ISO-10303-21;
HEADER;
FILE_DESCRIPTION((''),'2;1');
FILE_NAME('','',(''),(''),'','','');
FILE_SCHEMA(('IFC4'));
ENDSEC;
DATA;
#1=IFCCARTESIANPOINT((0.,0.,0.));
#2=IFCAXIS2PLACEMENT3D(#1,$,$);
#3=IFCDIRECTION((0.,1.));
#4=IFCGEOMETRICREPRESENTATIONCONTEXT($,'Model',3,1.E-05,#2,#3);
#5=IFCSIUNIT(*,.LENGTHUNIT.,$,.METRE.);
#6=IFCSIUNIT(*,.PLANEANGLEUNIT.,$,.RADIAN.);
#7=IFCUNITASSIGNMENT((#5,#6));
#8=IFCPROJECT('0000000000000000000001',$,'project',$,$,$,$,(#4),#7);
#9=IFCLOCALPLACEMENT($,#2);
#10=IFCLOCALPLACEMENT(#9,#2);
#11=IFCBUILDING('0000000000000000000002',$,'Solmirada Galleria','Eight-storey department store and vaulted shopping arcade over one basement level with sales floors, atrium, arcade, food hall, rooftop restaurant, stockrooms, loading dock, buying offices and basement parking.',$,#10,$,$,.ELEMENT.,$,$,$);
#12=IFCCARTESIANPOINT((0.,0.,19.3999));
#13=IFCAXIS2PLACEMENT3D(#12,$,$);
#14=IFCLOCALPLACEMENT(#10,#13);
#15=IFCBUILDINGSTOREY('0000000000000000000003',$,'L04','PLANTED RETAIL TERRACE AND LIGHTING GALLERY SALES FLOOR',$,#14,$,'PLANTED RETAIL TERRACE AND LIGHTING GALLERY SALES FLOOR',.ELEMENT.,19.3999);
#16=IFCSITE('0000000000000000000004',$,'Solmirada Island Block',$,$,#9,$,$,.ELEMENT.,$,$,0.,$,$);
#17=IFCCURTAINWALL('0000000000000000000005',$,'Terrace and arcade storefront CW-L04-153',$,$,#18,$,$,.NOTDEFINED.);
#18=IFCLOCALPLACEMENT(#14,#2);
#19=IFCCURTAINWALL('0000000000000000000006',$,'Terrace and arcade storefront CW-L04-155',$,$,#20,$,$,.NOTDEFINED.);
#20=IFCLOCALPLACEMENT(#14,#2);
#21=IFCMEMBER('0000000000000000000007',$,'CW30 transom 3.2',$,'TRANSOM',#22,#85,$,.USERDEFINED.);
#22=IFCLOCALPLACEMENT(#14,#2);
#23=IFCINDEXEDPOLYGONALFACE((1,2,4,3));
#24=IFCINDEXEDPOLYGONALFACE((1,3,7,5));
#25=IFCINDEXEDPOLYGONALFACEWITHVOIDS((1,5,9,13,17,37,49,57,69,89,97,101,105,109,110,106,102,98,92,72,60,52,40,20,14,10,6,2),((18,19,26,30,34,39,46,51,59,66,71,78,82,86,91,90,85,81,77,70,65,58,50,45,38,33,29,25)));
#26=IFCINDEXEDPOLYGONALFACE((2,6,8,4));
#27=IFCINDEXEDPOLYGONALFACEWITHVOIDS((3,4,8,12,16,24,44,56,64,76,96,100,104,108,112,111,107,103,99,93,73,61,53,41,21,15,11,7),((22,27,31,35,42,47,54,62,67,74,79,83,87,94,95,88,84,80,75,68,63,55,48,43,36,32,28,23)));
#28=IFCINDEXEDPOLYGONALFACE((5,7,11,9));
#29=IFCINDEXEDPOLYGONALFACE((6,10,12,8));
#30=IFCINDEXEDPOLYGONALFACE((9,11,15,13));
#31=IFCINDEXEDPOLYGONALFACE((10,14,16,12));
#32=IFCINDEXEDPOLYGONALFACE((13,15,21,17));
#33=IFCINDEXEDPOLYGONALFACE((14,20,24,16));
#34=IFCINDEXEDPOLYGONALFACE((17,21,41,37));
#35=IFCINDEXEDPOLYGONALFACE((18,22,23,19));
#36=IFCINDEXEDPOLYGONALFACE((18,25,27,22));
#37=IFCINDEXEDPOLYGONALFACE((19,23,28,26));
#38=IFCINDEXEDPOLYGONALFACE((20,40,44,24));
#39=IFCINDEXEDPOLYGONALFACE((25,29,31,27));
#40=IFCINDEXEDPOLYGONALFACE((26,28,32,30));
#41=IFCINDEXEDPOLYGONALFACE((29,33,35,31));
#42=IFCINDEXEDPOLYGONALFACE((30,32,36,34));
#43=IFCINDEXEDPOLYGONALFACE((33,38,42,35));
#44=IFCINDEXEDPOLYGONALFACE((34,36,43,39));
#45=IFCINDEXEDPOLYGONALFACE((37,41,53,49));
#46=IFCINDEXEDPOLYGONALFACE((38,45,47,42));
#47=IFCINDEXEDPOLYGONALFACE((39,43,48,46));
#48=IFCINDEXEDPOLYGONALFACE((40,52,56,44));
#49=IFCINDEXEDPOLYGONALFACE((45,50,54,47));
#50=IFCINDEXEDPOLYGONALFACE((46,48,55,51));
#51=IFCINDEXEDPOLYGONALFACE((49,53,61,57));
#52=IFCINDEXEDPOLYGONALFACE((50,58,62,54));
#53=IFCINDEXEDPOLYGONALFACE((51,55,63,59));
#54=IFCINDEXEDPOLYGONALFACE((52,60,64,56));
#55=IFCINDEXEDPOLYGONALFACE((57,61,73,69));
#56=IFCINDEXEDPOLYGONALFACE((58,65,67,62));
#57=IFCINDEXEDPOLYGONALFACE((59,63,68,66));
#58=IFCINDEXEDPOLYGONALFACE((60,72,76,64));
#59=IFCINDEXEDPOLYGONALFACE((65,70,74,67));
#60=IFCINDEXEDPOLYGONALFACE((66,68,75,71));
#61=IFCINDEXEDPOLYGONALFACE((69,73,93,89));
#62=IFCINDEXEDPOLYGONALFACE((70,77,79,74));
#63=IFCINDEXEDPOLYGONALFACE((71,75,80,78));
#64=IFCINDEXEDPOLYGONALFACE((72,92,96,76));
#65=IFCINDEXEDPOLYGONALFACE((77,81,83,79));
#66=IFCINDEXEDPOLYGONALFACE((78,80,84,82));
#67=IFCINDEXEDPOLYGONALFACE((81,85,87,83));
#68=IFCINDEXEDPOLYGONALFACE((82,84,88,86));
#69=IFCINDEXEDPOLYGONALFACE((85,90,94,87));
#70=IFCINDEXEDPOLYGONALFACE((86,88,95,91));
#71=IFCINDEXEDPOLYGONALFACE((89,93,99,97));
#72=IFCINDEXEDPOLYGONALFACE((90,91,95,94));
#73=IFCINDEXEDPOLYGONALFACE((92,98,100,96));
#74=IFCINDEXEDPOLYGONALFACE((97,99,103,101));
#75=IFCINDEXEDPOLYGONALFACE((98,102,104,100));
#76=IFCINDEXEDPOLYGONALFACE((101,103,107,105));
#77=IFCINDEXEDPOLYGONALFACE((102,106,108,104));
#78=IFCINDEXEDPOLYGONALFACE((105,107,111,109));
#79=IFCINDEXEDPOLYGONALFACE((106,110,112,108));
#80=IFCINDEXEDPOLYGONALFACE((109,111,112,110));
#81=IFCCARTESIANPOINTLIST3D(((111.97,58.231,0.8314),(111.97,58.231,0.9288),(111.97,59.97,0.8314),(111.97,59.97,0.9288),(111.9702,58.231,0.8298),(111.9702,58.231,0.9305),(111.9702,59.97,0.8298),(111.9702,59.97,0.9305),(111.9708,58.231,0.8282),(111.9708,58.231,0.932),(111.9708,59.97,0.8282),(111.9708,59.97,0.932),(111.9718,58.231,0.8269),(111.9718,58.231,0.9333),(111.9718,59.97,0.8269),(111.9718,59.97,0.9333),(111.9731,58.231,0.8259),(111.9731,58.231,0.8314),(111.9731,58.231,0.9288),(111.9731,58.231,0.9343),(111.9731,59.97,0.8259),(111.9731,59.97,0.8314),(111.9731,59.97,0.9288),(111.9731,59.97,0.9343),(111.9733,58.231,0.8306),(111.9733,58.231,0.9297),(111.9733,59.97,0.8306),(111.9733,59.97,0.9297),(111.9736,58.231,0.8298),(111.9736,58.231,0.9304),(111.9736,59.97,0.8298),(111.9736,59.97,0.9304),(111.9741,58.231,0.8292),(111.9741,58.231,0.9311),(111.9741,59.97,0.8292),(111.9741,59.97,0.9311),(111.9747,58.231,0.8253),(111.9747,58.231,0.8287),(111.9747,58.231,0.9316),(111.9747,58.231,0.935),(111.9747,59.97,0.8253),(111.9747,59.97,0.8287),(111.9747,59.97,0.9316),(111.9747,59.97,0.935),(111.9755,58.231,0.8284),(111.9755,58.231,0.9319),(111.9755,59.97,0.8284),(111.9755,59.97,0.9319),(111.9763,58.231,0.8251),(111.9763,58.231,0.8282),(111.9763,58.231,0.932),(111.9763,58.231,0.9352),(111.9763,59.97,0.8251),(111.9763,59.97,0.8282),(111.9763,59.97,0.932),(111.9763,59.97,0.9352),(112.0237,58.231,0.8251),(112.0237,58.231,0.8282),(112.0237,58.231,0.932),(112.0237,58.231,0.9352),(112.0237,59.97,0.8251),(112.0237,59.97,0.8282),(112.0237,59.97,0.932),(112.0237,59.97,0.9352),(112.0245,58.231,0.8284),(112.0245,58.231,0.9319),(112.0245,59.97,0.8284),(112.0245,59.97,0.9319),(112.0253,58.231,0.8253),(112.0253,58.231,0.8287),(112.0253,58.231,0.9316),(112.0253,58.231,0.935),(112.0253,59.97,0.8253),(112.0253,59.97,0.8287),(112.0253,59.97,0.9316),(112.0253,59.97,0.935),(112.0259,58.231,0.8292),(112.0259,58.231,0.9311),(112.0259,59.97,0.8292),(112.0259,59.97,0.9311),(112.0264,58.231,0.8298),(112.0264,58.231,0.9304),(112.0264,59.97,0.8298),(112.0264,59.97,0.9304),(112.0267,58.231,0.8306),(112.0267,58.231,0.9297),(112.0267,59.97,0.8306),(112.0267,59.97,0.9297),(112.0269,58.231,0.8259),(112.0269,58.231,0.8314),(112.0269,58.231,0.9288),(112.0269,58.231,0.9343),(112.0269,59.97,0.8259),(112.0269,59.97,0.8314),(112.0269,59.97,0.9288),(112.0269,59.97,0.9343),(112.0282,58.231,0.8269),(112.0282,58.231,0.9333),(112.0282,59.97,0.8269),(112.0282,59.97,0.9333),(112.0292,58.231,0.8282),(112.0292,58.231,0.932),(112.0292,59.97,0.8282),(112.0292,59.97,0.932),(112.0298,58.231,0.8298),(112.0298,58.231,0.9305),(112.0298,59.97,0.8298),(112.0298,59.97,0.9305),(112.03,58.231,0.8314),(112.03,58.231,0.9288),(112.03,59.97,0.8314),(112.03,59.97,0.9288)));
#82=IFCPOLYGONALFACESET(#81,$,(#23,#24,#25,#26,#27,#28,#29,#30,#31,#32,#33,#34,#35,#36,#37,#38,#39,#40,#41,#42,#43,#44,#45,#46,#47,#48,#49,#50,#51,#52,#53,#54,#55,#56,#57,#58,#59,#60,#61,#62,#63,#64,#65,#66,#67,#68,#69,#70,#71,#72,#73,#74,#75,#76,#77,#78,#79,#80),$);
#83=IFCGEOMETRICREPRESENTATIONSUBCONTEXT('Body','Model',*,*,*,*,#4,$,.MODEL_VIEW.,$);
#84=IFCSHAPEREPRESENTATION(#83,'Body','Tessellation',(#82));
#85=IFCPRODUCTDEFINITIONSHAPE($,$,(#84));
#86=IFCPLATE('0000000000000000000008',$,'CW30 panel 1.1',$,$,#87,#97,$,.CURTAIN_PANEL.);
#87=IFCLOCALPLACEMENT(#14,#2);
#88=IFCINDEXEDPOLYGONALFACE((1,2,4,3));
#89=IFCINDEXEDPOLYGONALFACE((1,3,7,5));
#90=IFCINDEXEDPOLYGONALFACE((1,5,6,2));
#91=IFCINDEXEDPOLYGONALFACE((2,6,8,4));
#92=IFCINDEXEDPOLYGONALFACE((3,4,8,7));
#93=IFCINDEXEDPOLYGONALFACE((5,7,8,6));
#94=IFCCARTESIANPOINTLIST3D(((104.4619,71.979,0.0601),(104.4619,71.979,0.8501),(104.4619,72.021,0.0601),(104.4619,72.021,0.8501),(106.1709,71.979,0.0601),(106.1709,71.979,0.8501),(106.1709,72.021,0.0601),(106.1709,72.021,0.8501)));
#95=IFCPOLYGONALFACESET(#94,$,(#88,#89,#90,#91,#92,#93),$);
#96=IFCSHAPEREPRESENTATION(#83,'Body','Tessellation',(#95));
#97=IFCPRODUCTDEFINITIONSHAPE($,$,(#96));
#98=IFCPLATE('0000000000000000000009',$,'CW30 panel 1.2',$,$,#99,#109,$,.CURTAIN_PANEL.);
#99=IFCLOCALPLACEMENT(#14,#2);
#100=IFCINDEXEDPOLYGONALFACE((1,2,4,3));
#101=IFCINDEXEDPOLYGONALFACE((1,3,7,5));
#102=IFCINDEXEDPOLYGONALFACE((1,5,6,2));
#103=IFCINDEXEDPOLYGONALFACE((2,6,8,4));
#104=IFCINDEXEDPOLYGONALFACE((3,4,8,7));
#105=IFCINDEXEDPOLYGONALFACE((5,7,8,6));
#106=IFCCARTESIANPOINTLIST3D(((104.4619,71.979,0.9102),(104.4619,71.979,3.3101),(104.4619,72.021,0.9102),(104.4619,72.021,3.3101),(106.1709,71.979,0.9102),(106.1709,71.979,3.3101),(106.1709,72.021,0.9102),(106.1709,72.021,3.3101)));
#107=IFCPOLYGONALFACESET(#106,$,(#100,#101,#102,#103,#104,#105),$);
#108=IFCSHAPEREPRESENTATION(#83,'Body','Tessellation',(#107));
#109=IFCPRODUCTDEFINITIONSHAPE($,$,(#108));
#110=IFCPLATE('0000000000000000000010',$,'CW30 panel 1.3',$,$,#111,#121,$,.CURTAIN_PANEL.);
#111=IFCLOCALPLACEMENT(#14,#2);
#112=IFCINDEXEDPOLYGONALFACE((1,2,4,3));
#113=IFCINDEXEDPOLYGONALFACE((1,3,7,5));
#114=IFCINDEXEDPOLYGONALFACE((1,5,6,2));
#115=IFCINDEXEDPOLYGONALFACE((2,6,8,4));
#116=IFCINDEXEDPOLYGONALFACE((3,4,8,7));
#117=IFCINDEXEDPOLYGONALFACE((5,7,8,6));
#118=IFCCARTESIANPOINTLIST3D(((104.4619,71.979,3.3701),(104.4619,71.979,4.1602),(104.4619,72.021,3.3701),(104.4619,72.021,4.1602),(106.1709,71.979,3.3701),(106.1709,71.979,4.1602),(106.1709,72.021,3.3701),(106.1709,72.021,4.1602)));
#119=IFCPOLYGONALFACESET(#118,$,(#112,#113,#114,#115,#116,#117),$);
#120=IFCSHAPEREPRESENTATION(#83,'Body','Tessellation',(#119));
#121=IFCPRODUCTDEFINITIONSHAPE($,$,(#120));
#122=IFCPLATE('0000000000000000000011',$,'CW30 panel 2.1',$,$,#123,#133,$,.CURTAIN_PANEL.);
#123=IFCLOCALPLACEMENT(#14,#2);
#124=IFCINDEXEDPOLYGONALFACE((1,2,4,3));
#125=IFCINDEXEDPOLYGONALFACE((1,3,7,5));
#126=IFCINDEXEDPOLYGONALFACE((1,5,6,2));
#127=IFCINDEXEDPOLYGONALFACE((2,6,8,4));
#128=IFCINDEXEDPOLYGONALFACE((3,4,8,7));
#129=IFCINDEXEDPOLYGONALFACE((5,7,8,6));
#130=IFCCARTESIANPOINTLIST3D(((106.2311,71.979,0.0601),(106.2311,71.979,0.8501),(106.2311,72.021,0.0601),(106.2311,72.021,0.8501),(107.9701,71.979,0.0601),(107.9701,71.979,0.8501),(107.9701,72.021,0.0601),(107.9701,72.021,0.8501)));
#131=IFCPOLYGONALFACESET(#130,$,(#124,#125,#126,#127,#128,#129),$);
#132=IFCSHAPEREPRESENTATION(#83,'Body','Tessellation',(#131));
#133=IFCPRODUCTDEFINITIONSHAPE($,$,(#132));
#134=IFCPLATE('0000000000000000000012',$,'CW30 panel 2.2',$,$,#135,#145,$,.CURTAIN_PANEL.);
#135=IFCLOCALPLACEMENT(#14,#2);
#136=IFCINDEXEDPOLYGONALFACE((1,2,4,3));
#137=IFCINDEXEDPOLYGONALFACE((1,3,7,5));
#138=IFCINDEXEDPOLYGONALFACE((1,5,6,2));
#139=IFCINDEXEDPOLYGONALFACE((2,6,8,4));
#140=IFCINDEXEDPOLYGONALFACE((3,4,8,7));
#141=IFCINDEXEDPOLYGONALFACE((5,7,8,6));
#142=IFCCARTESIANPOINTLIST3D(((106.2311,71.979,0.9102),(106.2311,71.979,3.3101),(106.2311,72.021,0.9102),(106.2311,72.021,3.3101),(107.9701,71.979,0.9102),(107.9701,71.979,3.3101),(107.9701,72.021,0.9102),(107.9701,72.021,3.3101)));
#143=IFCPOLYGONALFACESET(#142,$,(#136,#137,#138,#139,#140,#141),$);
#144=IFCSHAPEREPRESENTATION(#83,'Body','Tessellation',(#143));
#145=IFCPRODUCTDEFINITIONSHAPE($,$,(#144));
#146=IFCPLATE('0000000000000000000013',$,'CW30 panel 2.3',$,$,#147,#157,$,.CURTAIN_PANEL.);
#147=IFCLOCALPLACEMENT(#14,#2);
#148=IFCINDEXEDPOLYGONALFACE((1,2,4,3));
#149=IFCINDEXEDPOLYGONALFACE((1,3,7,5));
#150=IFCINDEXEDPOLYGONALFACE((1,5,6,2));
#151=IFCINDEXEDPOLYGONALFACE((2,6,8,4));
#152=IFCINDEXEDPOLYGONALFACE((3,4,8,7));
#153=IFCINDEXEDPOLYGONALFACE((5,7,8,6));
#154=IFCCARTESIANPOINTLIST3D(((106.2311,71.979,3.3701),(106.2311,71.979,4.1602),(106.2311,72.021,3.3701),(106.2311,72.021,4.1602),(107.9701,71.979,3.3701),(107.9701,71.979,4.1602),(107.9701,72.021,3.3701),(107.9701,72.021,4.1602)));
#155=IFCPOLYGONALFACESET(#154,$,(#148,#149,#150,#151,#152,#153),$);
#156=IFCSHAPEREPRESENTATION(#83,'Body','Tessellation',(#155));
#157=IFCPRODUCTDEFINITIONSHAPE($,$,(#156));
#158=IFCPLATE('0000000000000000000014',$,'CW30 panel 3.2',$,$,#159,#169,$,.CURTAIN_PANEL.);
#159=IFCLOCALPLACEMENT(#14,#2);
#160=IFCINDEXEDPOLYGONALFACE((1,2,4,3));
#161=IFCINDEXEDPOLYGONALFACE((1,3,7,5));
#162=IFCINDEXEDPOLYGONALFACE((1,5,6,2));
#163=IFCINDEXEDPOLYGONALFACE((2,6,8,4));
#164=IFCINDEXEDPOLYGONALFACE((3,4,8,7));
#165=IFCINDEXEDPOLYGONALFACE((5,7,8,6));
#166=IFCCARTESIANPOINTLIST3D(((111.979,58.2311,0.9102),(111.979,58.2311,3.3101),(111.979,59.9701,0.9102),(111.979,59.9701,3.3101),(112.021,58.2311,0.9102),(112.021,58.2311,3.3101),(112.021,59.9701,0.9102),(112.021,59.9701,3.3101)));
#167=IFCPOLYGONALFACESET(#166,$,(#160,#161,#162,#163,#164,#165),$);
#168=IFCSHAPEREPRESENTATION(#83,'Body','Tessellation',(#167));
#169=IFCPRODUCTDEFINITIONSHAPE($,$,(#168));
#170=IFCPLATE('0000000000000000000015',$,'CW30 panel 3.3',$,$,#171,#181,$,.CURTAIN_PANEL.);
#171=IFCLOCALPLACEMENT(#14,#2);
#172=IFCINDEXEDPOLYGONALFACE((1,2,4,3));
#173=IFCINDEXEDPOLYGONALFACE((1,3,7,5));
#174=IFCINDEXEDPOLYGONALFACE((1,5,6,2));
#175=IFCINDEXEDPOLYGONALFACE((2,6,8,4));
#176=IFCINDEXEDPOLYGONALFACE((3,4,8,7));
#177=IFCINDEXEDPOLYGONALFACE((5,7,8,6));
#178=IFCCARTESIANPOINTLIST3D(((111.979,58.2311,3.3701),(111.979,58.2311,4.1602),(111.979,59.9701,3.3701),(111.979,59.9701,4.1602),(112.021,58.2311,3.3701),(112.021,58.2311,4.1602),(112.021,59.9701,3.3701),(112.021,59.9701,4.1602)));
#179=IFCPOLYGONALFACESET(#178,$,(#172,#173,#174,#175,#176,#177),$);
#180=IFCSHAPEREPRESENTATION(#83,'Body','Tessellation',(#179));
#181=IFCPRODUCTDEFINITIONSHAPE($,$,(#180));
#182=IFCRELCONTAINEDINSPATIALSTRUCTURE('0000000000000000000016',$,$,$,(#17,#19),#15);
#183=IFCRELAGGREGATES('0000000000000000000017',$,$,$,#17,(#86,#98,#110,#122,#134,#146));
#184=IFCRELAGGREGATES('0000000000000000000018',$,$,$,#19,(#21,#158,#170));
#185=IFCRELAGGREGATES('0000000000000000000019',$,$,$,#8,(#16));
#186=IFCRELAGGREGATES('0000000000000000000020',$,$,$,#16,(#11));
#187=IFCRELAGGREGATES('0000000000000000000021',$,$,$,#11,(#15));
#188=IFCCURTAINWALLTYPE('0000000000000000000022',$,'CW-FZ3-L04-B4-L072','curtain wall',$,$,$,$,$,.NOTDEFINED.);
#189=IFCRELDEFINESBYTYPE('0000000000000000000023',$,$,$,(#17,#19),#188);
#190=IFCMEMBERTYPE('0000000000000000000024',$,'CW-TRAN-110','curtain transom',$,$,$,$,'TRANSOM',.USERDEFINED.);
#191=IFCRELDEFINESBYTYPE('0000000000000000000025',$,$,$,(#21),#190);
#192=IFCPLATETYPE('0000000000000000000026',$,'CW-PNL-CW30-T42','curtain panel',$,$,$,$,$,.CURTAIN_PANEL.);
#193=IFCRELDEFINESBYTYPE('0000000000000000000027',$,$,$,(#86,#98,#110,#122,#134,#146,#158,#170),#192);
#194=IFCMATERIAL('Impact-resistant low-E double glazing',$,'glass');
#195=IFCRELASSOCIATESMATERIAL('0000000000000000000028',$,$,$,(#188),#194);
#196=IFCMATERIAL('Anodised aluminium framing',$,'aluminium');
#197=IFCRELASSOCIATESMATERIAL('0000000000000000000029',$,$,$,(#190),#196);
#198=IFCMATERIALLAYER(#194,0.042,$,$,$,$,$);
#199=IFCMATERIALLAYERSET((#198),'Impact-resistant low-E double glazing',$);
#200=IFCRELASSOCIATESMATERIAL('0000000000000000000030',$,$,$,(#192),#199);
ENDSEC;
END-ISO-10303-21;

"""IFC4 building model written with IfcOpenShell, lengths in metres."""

from ifc_helpers import new_model, si_unit, direction, frame, origin, origin_2d, place, context, subcontext, project, spatial, rectangle, hollow_rectangle, extrude, material, layer, layer_set, material_profile, profile_set, type_object, element, aggregate, save


model = new_model("IFC4")

# Units and contexts
model_context = context("Model", 3, precision=1e-05, world=origin(), true_north=direction((0.0, 1.0)))
body_context = subcontext(model_context, "Body", "Model", "MODEL_VIEW")
ifc_project = project(units=[si_unit("LENGTHUNIT", "METRE"), si_unit("PLANEANGLEUNIT", "RADIAN")], contexts=[model_context])

# Site, building, storey
site_placement = place(None, origin())
site = spatial("IfcSite", under=ifc_project, at=site_placement, Name="Solmirada Island Block", CompositionType="ELEMENT", RefElevation=0.0)
building_placement = place(site_placement, origin())
building = spatial("IfcBuilding", under=site, at=building_placement, Name="Solmirada Galleria", Description="Eight-storey department store and vaulted shopping arcade over one basement level with sales floors, atrium, arcade, food hall, rooftop restaurant, stockrooms, loading dock, buying offices and basement parking.", CompositionType="ELEMENT")
storey_placement = place(building_placement, frame((0.0, 0.0, 19.3999)))
storey = spatial("IfcBuildingStorey", under=building, at=storey_placement, Name="L04", Description="PLANTED RETAIL TERRACE AND LIGHTING GALLERY SALES FLOOR", LongName="PLANTED RETAIL TERRACE AND LIGHTING GALLERY SALES FLOOR", CompositionType="ELEMENT", Elevation=19.3999)

# Curtain walls, member
ifc_material_1 = material(Name="Impact-resistant low-E double glazing", Category="glass")
curtain_wall_type = type_object("IfcCurtainWallType", Name="CW-FZ3-L04-B4-L072", Description="curtain wall", PredefinedType="NOTDEFINED", material=ifc_material_1)
curtain_wall_1_placement = place(storey_placement, origin())
curtain_wall_1 = element("IfcCurtainWall", 1, at=curtain_wall_1_placement, inside=storey, type_object=curtain_wall_type, Name="Terrace and arcade storefront CW-L04-153", PredefinedType="NOTDEFINED")
ifc_material_2 = material(Name="Anodised aluminium framing", Category="aluminium")
ifc_material_profile_1 = material_profile(ifc_material_2, hollow_rectangle(XDim=0.0601, YDim=0.1101, WallThickness=0.0032, InnerFilletRadius=0.0032, OuterFilletRadius=0.0063, at=origin_2d()), Name="ALU-TRAN-110X60")
ifc_profile_set_1 = profile_set([ifc_material_profile_1], Name="Anodised aluminium framing")
member_type_1 = type_object("IfcMemberType", Name="CW-TRAN-110", Description="curtain transom", ElementType="TRANSOM", PredefinedType="USERDEFINED", material=ifc_profile_set_1)
curtain_wall_2_placement = place(storey_placement, origin())
curtain_wall_2 = element("IfcCurtainWall", 2, at=curtain_wall_2_placement, inside=storey, type_object=curtain_wall_type, Name="Terrace and arcade storefront CW-L04-155", PredefinedType="NOTDEFINED")
member_1_placement = place(storey_placement, frame((112.0, 59.97, 0.8801), z_axis=(0.0, -1.0, 0.0), x_axis=(1.0, 0.0, 0.0)))
member_1 = element("IfcMember", 3, at=member_1_placement, type_object=member_type_1, Name="CW30 transom 3.2", ObjectType="TRANSOM", PredefinedType="USERDEFINED", context=body_context, shape_type="SweptSolid", body=[
    extrude(hollow_rectangle(XDim=0.0601, YDim=0.1101, WallThickness=0.0032, InnerFilletRadius=0.0032, OuterFilletRadius=0.0063, at=origin_2d()), origin(), (0.0, 0.0, 1.0), 1.739),
])

# Plates
ifc_layer = layer(ifc_material_1, 0.042)
ifc_layer_set = layer_set([ifc_layer], Name="Impact-resistant low-E double glazing")
plate_type = type_object("IfcPlateType", Name="CW-PNL-CW30-T42", Description="curtain panel", PredefinedType="CURTAIN_PANEL", material=ifc_layer_set)
plate_1_placement = place(storey_placement, frame((105.3164, 72.0, 0.0601), z_axis=(0.0, 0.0, 1.0), x_axis=(1.0, 0.0, 0.0)))
plate_1 = element("IfcPlate", 4, at=plate_1_placement, type_object=plate_type, Name="CW30 panel 1.1", PredefinedType="CURTAIN_PANEL", context=body_context, shape_type="SweptSolid", body=[
    extrude(rectangle(XDim=1.709, YDim=0.042, at=origin_2d()), origin(), (0.0, 0.0, 1.0), 0.79),
])
plate_2_placement = place(storey_placement, frame((105.3164, 72.0, 0.9102), z_axis=(0.0, 0.0, 1.0), x_axis=(1.0, 0.0, 0.0)))
plate_2 = element("IfcPlate", 5, at=plate_2_placement, type_object=plate_type, Name="CW30 panel 1.2", PredefinedType="CURTAIN_PANEL", context=body_context, shape_type="SweptSolid", body=[
    extrude(rectangle(XDim=1.709, YDim=0.042, at=origin_2d()), origin(), (0.0, 0.0, 1.0), 2.3999),
])
plate_3_placement = place(storey_placement, frame((105.3164, 72.0, 3.3701), z_axis=(0.0, 0.0, 1.0), x_axis=(1.0, 0.0, 0.0)))
plate_3 = element("IfcPlate", 6, at=plate_3_placement, type_object=plate_type, Name="CW30 panel 1.3", PredefinedType="CURTAIN_PANEL", context=body_context, shape_type="SweptSolid", body=[
    extrude(rectangle(XDim=1.709, YDim=0.042, at=origin_2d()), origin(), (0.0, 0.0, 1.0), 0.79),
])
plate_4_placement = place(storey_placement, frame((107.1006, 72.0, 0.0601), z_axis=(0.0, 0.0, 1.0), x_axis=(1.0, 0.0, 0.0)))
plate_4 = element("IfcPlate", 7, at=plate_4_placement, type_object=plate_type, Name="CW30 panel 2.1", PredefinedType="CURTAIN_PANEL", context=body_context, shape_type="SweptSolid", body=[
    extrude(rectangle(XDim=1.739, YDim=0.042, at=origin_2d()), origin(), (0.0, 0.0, 1.0), 0.79),
])
plate_5_placement = place(storey_placement, frame((107.1006, 72.0, 0.9102), z_axis=(0.0, 0.0, 1.0), x_axis=(1.0, 0.0, 0.0)))
plate_5 = element("IfcPlate", 8, at=plate_5_placement, type_object=plate_type, Name="CW30 panel 2.2", PredefinedType="CURTAIN_PANEL", context=body_context, shape_type="SweptSolid", body=[
    extrude(rectangle(XDim=1.739, YDim=0.042, at=origin_2d()), origin(), (0.0, 0.0, 1.0), 2.3999),
])
plate_6_placement = place(storey_placement, frame((107.1006, 72.0, 3.3701), z_axis=(0.0, 0.0, 1.0), x_axis=(1.0, 0.0, 0.0)))
plate_6 = element("IfcPlate", 9, at=plate_6_placement, type_object=plate_type, Name="CW30 panel 2.3", PredefinedType="CURTAIN_PANEL", context=body_context, shape_type="SweptSolid", body=[
    extrude(rectangle(XDim=1.739, YDim=0.042, at=origin_2d()), origin(), (0.0, 0.0, 1.0), 0.79),
])
aggregate(curtain_wall_1, [plate_1, plate_2, plate_3, plate_4, plate_5, plate_6])
plate_7_placement = place(storey_placement, frame((112.0, 59.1006, 0.9102), z_axis=(0.0, 0.0, 1.0), x_axis=(0.0, -1.0, 0.0)))
plate_7 = element("IfcPlate", 10, at=plate_7_placement, type_object=plate_type, Name="CW30 panel 3.2", PredefinedType="CURTAIN_PANEL", context=body_context, shape_type="SweptSolid", body=[
    extrude(rectangle(XDim=1.739, YDim=0.042, at=origin_2d()), origin(), (0.0, 0.0, 1.0), 2.3999),
])
plate_8_placement = place(storey_placement, frame((112.0, 59.1006, 3.3701), z_axis=(0.0, 0.0, 1.0), x_axis=(0.0, -1.0, 0.0)))
plate_8 = element("IfcPlate", 11, at=plate_8_placement, type_object=plate_type, Name="CW30 panel 3.3", PredefinedType="CURTAIN_PANEL", context=body_context, shape_type="SweptSolid", body=[
    extrude(rectangle(XDim=1.739, YDim=0.042, at=origin_2d()), origin(), (0.0, 0.0, 1.0), 0.79),
])
aggregate(curtain_wall_2, [member_1, plate_7, plate_8])

save(model, "model.ifc")
